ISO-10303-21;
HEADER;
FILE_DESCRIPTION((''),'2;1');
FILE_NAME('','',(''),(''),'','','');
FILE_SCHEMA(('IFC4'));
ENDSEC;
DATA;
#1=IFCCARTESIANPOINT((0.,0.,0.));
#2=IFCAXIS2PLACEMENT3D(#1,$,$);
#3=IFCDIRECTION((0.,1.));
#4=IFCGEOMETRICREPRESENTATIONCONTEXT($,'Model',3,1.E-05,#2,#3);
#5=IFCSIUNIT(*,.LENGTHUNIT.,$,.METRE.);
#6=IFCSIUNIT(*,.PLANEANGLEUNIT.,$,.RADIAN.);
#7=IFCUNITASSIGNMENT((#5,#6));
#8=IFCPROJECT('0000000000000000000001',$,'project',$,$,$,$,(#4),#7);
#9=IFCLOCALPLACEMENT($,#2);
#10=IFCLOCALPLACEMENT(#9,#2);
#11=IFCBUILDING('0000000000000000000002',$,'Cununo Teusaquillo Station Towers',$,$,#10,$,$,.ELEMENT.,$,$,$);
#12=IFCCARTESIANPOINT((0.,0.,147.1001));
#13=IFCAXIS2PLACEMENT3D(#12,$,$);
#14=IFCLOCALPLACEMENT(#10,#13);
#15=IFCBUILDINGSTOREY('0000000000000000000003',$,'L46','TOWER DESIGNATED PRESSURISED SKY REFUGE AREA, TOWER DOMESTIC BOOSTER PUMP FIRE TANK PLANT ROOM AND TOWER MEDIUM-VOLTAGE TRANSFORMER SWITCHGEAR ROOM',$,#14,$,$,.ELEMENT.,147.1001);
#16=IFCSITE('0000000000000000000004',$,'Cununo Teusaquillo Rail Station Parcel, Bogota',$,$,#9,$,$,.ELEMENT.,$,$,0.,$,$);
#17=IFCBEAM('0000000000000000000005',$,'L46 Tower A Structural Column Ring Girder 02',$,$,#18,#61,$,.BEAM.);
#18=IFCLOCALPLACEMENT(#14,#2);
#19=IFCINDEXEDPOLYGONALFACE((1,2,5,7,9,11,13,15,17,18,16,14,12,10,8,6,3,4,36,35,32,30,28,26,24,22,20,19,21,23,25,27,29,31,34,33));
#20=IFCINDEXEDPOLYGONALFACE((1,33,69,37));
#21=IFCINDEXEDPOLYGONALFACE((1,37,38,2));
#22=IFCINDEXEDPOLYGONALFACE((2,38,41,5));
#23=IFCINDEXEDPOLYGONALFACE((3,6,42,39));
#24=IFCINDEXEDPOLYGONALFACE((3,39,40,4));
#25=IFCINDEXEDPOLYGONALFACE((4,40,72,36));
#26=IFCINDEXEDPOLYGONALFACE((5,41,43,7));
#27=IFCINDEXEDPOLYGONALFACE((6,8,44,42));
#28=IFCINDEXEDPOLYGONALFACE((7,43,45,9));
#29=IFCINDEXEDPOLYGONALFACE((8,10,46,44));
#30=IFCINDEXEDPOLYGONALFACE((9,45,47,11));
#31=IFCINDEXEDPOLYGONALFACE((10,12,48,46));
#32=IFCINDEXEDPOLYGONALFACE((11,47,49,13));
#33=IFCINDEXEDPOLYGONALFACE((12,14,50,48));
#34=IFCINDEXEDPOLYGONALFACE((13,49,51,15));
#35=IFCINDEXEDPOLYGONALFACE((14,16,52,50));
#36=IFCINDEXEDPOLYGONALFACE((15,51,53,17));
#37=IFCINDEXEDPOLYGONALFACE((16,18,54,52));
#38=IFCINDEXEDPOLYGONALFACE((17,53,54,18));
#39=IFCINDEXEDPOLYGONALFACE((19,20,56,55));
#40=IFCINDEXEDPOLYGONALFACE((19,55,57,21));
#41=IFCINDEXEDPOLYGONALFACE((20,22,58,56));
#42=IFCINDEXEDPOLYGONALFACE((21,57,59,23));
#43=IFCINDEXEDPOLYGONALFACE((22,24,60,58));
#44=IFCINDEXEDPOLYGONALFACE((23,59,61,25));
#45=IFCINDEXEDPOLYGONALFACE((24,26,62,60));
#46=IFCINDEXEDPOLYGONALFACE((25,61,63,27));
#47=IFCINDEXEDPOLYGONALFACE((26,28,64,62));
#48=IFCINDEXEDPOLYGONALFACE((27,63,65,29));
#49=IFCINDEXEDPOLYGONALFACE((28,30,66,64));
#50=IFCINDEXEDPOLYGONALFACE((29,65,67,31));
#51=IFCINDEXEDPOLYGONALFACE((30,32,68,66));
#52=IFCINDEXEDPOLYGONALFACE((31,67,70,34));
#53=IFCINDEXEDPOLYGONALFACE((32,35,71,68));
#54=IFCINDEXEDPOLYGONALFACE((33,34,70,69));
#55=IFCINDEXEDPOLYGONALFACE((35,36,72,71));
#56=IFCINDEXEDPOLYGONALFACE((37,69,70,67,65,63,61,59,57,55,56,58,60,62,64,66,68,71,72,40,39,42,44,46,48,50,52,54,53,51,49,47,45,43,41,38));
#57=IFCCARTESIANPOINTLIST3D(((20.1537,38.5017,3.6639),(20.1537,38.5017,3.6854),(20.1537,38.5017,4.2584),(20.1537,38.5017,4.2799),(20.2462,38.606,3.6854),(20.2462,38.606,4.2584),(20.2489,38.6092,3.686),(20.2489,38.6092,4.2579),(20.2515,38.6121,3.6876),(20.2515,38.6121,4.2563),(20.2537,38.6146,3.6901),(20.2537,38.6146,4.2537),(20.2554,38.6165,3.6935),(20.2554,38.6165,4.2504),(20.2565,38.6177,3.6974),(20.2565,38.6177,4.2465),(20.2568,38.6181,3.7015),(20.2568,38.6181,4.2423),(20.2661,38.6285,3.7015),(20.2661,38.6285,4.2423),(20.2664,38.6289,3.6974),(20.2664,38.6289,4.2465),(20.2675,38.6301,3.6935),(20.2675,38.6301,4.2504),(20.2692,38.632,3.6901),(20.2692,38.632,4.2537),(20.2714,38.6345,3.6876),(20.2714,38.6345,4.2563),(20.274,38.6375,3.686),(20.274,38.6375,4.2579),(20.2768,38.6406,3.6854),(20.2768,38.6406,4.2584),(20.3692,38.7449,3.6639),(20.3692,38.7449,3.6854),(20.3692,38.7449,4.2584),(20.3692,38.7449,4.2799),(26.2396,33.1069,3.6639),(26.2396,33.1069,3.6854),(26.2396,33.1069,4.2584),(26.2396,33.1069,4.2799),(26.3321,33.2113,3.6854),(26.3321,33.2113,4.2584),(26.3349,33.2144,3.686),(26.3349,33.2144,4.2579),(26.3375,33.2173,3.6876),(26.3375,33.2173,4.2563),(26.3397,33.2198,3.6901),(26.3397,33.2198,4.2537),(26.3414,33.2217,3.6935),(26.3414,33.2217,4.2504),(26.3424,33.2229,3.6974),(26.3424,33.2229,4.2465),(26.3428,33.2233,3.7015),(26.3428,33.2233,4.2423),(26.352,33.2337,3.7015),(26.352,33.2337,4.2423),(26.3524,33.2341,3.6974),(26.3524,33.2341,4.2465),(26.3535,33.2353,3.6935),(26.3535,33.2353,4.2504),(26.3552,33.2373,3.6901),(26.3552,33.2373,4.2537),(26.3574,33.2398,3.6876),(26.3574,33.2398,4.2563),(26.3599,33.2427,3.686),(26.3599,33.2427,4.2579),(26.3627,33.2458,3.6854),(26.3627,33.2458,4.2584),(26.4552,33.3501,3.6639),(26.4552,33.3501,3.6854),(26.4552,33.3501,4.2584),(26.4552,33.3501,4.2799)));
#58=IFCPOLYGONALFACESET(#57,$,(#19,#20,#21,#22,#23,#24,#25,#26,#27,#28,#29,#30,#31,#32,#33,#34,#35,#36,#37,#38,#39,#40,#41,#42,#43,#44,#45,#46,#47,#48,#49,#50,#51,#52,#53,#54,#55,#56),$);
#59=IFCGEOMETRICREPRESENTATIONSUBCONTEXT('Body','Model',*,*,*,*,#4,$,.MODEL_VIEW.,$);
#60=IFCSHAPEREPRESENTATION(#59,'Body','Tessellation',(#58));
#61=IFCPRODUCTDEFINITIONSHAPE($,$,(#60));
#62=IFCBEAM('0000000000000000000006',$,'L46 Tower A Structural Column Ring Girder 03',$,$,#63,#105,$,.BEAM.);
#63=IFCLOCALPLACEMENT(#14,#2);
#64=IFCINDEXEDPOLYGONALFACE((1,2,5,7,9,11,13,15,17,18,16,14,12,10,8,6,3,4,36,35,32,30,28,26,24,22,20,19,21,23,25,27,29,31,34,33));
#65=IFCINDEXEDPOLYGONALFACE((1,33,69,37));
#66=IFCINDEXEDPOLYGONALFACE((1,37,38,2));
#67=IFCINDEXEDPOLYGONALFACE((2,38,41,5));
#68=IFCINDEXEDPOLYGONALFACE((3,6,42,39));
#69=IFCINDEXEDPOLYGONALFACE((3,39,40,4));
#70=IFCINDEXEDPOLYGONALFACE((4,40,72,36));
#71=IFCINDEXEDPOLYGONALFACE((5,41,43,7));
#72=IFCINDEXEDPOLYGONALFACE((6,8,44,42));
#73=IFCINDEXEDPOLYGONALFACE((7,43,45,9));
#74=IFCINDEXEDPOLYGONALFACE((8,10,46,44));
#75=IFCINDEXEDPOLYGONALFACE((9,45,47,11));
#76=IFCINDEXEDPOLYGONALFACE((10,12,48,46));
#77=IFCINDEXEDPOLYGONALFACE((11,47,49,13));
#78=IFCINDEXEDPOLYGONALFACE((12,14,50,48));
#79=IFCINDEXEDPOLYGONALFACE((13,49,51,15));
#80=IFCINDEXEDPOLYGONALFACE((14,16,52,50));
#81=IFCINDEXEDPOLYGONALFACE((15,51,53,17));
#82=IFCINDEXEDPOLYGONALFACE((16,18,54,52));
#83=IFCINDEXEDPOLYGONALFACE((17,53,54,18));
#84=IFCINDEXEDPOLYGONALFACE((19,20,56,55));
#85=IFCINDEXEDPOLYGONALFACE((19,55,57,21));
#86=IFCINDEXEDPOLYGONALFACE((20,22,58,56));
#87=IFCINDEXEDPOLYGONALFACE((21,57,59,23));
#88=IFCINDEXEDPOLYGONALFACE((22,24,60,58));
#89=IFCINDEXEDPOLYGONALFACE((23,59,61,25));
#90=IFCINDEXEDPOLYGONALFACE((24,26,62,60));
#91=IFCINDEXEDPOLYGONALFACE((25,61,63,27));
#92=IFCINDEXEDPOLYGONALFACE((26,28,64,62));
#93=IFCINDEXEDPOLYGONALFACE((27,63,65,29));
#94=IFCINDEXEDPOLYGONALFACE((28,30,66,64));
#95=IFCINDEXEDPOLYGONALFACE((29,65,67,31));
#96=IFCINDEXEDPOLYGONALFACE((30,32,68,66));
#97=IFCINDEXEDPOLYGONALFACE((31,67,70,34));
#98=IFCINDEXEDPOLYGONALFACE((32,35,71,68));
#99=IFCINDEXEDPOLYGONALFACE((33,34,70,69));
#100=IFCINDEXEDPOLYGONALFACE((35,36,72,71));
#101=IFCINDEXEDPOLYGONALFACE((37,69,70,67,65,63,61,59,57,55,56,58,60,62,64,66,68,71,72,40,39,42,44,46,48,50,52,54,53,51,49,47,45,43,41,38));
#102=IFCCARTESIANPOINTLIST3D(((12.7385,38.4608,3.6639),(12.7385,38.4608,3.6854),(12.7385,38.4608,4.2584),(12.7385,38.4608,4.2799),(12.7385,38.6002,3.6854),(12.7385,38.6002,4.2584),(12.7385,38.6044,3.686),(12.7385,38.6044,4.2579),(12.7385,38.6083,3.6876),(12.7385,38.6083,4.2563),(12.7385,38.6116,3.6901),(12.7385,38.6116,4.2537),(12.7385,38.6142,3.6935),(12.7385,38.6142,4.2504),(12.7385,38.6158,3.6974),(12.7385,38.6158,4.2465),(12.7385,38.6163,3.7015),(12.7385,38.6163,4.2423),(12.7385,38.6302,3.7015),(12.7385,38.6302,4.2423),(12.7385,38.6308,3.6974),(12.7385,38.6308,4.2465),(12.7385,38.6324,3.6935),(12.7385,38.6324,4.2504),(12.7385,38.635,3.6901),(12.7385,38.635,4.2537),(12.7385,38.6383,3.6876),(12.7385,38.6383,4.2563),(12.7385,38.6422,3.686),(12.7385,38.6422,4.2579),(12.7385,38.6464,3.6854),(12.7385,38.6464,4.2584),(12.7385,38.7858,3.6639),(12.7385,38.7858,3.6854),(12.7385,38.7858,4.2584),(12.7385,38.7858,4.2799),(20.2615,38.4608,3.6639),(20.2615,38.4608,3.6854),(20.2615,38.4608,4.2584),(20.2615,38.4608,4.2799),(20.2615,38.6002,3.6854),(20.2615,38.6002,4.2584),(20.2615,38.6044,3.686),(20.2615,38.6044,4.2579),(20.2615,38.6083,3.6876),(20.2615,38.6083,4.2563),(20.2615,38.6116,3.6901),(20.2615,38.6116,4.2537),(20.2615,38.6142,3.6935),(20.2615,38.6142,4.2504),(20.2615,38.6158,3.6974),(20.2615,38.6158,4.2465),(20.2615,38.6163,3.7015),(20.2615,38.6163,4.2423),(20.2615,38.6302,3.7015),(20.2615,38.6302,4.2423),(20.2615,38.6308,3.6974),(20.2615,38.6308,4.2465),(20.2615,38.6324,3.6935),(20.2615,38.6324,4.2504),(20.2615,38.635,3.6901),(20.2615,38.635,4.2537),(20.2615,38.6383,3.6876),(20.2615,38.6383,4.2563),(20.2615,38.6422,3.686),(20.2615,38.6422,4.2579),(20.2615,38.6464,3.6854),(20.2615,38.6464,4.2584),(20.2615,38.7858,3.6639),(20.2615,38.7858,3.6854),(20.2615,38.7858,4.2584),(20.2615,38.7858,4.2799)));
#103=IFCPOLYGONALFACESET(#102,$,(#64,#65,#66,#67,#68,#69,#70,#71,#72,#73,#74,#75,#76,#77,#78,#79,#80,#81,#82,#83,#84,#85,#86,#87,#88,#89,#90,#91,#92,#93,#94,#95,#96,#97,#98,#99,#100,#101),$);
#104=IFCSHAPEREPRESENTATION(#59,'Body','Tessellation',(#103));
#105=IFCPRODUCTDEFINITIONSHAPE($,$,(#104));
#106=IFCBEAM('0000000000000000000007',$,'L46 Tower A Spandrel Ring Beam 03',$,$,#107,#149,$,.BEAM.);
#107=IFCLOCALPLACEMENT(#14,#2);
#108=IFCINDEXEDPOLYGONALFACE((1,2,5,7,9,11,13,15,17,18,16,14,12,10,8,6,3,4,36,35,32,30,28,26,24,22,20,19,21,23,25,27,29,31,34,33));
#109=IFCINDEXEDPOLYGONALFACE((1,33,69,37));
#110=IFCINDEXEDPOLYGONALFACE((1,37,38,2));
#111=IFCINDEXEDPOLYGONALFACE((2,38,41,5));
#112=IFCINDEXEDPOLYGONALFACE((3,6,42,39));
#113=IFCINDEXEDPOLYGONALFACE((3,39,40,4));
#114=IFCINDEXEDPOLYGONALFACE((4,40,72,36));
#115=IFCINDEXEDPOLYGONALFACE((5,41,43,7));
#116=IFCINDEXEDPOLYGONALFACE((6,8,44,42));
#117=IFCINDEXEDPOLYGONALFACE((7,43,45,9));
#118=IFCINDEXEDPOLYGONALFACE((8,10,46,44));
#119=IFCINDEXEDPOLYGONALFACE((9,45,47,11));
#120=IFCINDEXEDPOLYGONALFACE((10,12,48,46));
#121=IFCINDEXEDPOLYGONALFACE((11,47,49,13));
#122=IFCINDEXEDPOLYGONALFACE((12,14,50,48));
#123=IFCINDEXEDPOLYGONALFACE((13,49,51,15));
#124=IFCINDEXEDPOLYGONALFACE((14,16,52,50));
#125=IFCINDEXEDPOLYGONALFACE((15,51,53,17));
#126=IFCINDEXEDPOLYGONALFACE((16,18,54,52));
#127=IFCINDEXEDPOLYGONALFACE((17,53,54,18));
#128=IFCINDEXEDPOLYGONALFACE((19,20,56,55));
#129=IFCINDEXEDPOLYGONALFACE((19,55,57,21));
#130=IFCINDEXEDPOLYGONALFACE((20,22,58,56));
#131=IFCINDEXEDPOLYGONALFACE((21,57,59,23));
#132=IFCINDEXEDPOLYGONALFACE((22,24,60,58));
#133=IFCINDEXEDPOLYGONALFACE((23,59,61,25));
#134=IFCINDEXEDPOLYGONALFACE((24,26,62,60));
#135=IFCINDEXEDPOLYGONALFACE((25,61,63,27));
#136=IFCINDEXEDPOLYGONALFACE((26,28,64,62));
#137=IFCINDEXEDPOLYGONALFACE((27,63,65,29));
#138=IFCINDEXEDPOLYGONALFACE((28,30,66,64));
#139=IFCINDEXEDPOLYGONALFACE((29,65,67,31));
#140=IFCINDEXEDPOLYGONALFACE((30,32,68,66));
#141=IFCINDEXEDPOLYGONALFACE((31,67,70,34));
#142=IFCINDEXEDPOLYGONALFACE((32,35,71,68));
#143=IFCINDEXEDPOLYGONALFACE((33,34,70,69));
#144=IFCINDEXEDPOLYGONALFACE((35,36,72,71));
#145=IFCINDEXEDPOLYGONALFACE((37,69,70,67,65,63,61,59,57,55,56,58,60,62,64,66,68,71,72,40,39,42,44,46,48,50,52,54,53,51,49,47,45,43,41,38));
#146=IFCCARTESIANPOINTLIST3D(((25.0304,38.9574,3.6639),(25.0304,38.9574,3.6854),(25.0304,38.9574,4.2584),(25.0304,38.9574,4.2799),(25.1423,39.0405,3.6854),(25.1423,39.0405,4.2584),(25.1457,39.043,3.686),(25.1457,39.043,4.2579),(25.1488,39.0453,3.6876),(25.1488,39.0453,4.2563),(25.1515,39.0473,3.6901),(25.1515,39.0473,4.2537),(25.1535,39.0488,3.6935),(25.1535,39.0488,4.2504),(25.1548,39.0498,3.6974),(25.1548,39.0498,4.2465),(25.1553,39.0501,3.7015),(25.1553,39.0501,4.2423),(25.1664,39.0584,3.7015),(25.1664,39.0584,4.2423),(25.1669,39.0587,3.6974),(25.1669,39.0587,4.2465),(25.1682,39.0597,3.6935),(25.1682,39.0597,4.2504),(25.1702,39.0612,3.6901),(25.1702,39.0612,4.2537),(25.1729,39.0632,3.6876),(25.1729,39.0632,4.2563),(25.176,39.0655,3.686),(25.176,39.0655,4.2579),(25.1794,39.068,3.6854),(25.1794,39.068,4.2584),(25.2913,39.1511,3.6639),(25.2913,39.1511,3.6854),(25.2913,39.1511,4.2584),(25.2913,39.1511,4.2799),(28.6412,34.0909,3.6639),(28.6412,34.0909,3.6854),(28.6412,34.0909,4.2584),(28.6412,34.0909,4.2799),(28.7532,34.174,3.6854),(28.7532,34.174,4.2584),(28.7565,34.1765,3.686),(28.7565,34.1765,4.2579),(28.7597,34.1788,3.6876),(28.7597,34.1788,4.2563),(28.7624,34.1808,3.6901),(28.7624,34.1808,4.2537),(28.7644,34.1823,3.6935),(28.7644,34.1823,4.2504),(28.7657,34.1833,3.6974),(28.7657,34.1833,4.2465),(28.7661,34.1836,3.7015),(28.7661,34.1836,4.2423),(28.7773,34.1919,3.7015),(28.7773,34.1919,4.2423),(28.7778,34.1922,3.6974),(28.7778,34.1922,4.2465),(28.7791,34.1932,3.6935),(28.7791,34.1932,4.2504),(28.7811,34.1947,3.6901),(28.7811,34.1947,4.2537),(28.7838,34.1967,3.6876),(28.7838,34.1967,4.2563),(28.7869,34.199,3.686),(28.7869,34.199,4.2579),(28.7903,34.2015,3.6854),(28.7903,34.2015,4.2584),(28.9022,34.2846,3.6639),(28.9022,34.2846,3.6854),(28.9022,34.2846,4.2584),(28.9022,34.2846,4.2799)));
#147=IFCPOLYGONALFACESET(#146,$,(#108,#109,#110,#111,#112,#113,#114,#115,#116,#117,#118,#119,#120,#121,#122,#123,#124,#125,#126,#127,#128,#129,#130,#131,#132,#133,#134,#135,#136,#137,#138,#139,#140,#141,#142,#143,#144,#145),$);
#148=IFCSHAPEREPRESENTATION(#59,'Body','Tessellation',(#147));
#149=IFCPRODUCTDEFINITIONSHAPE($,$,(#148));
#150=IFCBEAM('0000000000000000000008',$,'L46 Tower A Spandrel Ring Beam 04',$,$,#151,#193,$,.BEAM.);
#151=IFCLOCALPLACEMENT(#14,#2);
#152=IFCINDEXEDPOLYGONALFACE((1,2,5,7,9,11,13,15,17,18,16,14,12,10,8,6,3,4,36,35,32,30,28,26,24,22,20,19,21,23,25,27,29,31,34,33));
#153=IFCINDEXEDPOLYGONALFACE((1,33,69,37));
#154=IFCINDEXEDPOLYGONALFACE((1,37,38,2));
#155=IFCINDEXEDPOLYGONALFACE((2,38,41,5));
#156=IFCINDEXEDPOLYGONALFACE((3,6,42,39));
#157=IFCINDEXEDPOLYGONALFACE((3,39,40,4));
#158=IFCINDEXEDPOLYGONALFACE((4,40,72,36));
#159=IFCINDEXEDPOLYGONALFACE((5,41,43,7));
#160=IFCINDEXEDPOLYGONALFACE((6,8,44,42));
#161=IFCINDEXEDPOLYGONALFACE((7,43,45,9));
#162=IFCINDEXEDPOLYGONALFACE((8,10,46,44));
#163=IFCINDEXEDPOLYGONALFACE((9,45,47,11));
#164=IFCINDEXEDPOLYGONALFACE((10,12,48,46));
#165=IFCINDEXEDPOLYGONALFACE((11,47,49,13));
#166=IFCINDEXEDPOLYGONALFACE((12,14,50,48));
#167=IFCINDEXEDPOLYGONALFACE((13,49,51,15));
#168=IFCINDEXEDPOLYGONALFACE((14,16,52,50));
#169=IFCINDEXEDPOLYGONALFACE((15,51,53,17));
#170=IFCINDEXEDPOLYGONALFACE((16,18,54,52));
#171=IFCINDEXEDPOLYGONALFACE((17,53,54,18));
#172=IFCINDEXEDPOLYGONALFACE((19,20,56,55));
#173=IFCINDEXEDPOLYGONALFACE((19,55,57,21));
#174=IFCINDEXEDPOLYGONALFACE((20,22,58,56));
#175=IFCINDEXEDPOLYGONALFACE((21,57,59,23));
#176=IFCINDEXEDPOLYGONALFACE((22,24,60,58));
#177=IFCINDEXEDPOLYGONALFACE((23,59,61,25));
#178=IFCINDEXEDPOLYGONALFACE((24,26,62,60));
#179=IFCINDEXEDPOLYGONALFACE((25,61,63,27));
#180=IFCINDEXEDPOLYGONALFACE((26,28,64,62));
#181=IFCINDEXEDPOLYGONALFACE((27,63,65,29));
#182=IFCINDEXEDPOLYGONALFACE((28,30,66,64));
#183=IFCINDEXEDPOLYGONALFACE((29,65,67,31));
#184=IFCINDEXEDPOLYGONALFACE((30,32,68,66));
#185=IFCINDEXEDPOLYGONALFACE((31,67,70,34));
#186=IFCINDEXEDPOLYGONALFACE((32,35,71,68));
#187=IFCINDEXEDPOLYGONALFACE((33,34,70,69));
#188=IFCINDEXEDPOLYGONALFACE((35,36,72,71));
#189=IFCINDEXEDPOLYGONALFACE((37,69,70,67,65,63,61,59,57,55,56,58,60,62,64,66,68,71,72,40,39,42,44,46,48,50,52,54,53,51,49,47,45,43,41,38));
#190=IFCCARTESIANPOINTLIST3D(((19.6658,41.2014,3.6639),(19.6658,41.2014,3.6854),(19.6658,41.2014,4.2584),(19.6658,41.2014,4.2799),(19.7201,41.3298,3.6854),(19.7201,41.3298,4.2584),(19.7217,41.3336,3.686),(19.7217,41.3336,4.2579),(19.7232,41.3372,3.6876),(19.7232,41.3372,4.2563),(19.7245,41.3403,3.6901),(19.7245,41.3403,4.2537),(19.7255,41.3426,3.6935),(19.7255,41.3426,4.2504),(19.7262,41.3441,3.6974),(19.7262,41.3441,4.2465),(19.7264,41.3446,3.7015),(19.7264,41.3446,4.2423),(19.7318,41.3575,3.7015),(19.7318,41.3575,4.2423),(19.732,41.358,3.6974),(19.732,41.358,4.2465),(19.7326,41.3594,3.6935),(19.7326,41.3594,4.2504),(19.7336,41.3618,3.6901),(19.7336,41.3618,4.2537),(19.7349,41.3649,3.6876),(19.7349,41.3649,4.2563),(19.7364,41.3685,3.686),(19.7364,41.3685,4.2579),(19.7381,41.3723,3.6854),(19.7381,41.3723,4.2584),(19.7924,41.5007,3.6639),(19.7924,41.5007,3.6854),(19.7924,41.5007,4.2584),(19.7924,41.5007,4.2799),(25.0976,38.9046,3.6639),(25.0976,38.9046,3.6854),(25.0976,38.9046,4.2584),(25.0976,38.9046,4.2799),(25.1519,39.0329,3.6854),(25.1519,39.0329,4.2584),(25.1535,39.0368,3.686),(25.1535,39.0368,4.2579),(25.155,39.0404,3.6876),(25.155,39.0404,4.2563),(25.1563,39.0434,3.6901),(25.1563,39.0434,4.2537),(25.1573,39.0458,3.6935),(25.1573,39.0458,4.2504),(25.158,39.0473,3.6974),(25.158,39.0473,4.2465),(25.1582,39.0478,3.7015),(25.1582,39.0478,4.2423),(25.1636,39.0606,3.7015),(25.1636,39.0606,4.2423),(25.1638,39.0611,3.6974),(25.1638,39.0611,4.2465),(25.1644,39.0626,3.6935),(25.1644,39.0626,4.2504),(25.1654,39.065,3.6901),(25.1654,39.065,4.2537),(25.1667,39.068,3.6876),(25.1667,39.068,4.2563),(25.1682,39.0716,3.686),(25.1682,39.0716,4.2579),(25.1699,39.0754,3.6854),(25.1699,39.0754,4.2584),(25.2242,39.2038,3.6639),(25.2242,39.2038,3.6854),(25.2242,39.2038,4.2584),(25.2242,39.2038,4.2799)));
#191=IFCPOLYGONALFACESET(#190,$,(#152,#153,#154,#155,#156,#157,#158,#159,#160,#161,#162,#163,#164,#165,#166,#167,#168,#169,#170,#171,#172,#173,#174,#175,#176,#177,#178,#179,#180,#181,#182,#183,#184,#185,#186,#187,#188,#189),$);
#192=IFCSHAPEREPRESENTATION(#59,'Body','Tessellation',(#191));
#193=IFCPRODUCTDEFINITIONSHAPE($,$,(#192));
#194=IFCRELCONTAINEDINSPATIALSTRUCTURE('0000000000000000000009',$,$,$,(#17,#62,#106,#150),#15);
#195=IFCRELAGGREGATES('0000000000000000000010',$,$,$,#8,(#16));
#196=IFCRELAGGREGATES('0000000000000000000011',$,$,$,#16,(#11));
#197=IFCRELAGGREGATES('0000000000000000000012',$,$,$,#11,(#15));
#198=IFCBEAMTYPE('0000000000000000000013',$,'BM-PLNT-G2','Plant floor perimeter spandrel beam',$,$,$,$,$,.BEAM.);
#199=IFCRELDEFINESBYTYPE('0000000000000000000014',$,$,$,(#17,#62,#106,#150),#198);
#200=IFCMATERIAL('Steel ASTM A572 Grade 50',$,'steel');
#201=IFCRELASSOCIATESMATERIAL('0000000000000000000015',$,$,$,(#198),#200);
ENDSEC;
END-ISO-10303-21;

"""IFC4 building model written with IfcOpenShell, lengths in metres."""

from ifc_helpers import new_model, si_unit, direction, frame, origin, origin_2d, place, context, subcontext, project, spatial, i_section, extrude, material, material_profile, profile_set, type_object, element, save


model = new_model("IFC4")

# Units and contexts
model_context = context("Model", 3, precision=1e-05, world=origin(), true_north=direction((0.0, 1.0)))
body_context = subcontext(model_context, "Body", "Model", "MODEL_VIEW")
ifc_project = project(units=[si_unit("LENGTHUNIT", "METRE"), si_unit("PLANEANGLEUNIT", "RADIAN")], contexts=[model_context])

# Site, building, storey
site_placement = place(None, origin())
site = spatial("IfcSite", under=ifc_project, at=site_placement, Name="Cununo Teusaquillo Rail Station Parcel, Bogota", CompositionType="ELEMENT", RefElevation=0.0)
building_placement = place(site_placement, origin())
building = spatial("IfcBuilding", under=site, at=building_placement, Name="Cununo Teusaquillo Station Towers", CompositionType="ELEMENT")
storey_placement = place(building_placement, frame((0.0, 0.0, 147.1001)))
storey = spatial("IfcBuildingStorey", under=building, at=storey_placement, Name="L46", Description="TOWER DESIGNATED PRESSURISED SKY REFUGE AREA, TOWER DOMESTIC BOOSTER PUMP FIRE TANK PLANT ROOM AND TOWER MEDIUM-VOLTAGE TRANSFORMER SWITCHGEAR ROOM", CompositionType="ELEMENT", Elevation=147.1001)

# Beams
ifc_material_1 = material(Name="Steel ASTM A572 Grade 50", Category="steel")
ifc_material_profile_1 = material_profile(ifc_material_1, i_section(OverallWidth=0.325, OverallDepth=0.616, WebThickness=0.0139, FlangeThickness=0.0215, FilletRadius=0.0161, at=origin_2d()), Name="W24X117")
ifc_profile_set_1 = profile_set([ifc_material_profile_1], Name="Steel ASTM A572 Grade 50")
beam_type_1 = type_object("IfcBeamType", Name="BM-PLNT-G2", Description="Plant floor perimeter spandrel beam", PredefinedType="BEAM", material=ifc_profile_set_1)
beam_1_placement = place(storey_placement, frame((26.3474, 33.2285, 3.9719), z_axis=(-0.748321, 0.663337, 0.0), x_axis=(-0.663337, -0.748321, 0.0)))
element("IfcBeam", 1, at=beam_1_placement, inside=storey, type_object=beam_type_1, Name="L46 Tower A Structural Column Ring Girder 02", PredefinedType="BEAM", context=body_context, shape_type="SweptSolid", body=[
    extrude(i_section(OverallWidth=0.325, OverallDepth=0.616, WebThickness=0.0139, FlangeThickness=0.0215, FilletRadius=0.0161, at=origin_2d()), origin(), (0.0, 0.0, 1.0), 8.1328),
])
beam_2_placement = place(storey_placement, frame((20.2615, 38.6233, 3.9719), z_axis=(-1.0, 0.0, 0.0), x_axis=(0.0, -1.0, 0.0)))
element("IfcBeam", 2, at=beam_2_placement, inside=storey, type_object=beam_type_1, Name="L46 Tower A Structural Column Ring Girder 03", PredefinedType="BEAM", context=body_context, shape_type="SweptSolid", body=[
    extrude(i_section(OverallWidth=0.325, OverallDepth=0.616, WebThickness=0.0139, FlangeThickness=0.0215, FilletRadius=0.0161, at=origin_2d()), origin(), (0.0, 0.0, 1.0), 7.5229),
])
beam_3_placement = place(storey_placement, frame((28.7717, 34.1877, 3.9719), z_axis=(-0.595873, 0.803079, 0.0), x_axis=(-0.803079, -0.595873, 0.0)))
element("IfcBeam", 3, at=beam_3_placement, inside=storey, type_object=beam_type_1, Name="L46 Tower A Spandrel Ring Beam 03", PredefinedType="BEAM", context=body_context, shape_type="SweptSolid", body=[
    extrude(i_section(OverallWidth=0.325, OverallDepth=0.616, WebThickness=0.0139, FlangeThickness=0.0215, FilletRadius=0.0161, at=origin_2d()), origin(), (0.0, 0.0, 1.0), 6.0598),
])
beam_4_placement = place(storey_placement, frame((25.1609, 39.0542, 3.9719), z_axis=(-0.921042, 0.389463, 0.0), x_axis=(-0.389463, -0.921042, 0.0)))
element("IfcBeam", 4, at=beam_4_placement, inside=storey, type_object=beam_type_1, Name="L46 Tower A Spandrel Ring Beam 04", PredefinedType="BEAM", context=body_context, shape_type="SweptSolid", body=[
    extrude(i_section(OverallWidth=0.325, OverallDepth=0.616, WebThickness=0.0139, FlangeThickness=0.0215, FilletRadius=0.0161, at=origin_2d()), origin(), (0.0, 0.0, 1.0), 5.8975),
])

save(model, "model.ifc")
